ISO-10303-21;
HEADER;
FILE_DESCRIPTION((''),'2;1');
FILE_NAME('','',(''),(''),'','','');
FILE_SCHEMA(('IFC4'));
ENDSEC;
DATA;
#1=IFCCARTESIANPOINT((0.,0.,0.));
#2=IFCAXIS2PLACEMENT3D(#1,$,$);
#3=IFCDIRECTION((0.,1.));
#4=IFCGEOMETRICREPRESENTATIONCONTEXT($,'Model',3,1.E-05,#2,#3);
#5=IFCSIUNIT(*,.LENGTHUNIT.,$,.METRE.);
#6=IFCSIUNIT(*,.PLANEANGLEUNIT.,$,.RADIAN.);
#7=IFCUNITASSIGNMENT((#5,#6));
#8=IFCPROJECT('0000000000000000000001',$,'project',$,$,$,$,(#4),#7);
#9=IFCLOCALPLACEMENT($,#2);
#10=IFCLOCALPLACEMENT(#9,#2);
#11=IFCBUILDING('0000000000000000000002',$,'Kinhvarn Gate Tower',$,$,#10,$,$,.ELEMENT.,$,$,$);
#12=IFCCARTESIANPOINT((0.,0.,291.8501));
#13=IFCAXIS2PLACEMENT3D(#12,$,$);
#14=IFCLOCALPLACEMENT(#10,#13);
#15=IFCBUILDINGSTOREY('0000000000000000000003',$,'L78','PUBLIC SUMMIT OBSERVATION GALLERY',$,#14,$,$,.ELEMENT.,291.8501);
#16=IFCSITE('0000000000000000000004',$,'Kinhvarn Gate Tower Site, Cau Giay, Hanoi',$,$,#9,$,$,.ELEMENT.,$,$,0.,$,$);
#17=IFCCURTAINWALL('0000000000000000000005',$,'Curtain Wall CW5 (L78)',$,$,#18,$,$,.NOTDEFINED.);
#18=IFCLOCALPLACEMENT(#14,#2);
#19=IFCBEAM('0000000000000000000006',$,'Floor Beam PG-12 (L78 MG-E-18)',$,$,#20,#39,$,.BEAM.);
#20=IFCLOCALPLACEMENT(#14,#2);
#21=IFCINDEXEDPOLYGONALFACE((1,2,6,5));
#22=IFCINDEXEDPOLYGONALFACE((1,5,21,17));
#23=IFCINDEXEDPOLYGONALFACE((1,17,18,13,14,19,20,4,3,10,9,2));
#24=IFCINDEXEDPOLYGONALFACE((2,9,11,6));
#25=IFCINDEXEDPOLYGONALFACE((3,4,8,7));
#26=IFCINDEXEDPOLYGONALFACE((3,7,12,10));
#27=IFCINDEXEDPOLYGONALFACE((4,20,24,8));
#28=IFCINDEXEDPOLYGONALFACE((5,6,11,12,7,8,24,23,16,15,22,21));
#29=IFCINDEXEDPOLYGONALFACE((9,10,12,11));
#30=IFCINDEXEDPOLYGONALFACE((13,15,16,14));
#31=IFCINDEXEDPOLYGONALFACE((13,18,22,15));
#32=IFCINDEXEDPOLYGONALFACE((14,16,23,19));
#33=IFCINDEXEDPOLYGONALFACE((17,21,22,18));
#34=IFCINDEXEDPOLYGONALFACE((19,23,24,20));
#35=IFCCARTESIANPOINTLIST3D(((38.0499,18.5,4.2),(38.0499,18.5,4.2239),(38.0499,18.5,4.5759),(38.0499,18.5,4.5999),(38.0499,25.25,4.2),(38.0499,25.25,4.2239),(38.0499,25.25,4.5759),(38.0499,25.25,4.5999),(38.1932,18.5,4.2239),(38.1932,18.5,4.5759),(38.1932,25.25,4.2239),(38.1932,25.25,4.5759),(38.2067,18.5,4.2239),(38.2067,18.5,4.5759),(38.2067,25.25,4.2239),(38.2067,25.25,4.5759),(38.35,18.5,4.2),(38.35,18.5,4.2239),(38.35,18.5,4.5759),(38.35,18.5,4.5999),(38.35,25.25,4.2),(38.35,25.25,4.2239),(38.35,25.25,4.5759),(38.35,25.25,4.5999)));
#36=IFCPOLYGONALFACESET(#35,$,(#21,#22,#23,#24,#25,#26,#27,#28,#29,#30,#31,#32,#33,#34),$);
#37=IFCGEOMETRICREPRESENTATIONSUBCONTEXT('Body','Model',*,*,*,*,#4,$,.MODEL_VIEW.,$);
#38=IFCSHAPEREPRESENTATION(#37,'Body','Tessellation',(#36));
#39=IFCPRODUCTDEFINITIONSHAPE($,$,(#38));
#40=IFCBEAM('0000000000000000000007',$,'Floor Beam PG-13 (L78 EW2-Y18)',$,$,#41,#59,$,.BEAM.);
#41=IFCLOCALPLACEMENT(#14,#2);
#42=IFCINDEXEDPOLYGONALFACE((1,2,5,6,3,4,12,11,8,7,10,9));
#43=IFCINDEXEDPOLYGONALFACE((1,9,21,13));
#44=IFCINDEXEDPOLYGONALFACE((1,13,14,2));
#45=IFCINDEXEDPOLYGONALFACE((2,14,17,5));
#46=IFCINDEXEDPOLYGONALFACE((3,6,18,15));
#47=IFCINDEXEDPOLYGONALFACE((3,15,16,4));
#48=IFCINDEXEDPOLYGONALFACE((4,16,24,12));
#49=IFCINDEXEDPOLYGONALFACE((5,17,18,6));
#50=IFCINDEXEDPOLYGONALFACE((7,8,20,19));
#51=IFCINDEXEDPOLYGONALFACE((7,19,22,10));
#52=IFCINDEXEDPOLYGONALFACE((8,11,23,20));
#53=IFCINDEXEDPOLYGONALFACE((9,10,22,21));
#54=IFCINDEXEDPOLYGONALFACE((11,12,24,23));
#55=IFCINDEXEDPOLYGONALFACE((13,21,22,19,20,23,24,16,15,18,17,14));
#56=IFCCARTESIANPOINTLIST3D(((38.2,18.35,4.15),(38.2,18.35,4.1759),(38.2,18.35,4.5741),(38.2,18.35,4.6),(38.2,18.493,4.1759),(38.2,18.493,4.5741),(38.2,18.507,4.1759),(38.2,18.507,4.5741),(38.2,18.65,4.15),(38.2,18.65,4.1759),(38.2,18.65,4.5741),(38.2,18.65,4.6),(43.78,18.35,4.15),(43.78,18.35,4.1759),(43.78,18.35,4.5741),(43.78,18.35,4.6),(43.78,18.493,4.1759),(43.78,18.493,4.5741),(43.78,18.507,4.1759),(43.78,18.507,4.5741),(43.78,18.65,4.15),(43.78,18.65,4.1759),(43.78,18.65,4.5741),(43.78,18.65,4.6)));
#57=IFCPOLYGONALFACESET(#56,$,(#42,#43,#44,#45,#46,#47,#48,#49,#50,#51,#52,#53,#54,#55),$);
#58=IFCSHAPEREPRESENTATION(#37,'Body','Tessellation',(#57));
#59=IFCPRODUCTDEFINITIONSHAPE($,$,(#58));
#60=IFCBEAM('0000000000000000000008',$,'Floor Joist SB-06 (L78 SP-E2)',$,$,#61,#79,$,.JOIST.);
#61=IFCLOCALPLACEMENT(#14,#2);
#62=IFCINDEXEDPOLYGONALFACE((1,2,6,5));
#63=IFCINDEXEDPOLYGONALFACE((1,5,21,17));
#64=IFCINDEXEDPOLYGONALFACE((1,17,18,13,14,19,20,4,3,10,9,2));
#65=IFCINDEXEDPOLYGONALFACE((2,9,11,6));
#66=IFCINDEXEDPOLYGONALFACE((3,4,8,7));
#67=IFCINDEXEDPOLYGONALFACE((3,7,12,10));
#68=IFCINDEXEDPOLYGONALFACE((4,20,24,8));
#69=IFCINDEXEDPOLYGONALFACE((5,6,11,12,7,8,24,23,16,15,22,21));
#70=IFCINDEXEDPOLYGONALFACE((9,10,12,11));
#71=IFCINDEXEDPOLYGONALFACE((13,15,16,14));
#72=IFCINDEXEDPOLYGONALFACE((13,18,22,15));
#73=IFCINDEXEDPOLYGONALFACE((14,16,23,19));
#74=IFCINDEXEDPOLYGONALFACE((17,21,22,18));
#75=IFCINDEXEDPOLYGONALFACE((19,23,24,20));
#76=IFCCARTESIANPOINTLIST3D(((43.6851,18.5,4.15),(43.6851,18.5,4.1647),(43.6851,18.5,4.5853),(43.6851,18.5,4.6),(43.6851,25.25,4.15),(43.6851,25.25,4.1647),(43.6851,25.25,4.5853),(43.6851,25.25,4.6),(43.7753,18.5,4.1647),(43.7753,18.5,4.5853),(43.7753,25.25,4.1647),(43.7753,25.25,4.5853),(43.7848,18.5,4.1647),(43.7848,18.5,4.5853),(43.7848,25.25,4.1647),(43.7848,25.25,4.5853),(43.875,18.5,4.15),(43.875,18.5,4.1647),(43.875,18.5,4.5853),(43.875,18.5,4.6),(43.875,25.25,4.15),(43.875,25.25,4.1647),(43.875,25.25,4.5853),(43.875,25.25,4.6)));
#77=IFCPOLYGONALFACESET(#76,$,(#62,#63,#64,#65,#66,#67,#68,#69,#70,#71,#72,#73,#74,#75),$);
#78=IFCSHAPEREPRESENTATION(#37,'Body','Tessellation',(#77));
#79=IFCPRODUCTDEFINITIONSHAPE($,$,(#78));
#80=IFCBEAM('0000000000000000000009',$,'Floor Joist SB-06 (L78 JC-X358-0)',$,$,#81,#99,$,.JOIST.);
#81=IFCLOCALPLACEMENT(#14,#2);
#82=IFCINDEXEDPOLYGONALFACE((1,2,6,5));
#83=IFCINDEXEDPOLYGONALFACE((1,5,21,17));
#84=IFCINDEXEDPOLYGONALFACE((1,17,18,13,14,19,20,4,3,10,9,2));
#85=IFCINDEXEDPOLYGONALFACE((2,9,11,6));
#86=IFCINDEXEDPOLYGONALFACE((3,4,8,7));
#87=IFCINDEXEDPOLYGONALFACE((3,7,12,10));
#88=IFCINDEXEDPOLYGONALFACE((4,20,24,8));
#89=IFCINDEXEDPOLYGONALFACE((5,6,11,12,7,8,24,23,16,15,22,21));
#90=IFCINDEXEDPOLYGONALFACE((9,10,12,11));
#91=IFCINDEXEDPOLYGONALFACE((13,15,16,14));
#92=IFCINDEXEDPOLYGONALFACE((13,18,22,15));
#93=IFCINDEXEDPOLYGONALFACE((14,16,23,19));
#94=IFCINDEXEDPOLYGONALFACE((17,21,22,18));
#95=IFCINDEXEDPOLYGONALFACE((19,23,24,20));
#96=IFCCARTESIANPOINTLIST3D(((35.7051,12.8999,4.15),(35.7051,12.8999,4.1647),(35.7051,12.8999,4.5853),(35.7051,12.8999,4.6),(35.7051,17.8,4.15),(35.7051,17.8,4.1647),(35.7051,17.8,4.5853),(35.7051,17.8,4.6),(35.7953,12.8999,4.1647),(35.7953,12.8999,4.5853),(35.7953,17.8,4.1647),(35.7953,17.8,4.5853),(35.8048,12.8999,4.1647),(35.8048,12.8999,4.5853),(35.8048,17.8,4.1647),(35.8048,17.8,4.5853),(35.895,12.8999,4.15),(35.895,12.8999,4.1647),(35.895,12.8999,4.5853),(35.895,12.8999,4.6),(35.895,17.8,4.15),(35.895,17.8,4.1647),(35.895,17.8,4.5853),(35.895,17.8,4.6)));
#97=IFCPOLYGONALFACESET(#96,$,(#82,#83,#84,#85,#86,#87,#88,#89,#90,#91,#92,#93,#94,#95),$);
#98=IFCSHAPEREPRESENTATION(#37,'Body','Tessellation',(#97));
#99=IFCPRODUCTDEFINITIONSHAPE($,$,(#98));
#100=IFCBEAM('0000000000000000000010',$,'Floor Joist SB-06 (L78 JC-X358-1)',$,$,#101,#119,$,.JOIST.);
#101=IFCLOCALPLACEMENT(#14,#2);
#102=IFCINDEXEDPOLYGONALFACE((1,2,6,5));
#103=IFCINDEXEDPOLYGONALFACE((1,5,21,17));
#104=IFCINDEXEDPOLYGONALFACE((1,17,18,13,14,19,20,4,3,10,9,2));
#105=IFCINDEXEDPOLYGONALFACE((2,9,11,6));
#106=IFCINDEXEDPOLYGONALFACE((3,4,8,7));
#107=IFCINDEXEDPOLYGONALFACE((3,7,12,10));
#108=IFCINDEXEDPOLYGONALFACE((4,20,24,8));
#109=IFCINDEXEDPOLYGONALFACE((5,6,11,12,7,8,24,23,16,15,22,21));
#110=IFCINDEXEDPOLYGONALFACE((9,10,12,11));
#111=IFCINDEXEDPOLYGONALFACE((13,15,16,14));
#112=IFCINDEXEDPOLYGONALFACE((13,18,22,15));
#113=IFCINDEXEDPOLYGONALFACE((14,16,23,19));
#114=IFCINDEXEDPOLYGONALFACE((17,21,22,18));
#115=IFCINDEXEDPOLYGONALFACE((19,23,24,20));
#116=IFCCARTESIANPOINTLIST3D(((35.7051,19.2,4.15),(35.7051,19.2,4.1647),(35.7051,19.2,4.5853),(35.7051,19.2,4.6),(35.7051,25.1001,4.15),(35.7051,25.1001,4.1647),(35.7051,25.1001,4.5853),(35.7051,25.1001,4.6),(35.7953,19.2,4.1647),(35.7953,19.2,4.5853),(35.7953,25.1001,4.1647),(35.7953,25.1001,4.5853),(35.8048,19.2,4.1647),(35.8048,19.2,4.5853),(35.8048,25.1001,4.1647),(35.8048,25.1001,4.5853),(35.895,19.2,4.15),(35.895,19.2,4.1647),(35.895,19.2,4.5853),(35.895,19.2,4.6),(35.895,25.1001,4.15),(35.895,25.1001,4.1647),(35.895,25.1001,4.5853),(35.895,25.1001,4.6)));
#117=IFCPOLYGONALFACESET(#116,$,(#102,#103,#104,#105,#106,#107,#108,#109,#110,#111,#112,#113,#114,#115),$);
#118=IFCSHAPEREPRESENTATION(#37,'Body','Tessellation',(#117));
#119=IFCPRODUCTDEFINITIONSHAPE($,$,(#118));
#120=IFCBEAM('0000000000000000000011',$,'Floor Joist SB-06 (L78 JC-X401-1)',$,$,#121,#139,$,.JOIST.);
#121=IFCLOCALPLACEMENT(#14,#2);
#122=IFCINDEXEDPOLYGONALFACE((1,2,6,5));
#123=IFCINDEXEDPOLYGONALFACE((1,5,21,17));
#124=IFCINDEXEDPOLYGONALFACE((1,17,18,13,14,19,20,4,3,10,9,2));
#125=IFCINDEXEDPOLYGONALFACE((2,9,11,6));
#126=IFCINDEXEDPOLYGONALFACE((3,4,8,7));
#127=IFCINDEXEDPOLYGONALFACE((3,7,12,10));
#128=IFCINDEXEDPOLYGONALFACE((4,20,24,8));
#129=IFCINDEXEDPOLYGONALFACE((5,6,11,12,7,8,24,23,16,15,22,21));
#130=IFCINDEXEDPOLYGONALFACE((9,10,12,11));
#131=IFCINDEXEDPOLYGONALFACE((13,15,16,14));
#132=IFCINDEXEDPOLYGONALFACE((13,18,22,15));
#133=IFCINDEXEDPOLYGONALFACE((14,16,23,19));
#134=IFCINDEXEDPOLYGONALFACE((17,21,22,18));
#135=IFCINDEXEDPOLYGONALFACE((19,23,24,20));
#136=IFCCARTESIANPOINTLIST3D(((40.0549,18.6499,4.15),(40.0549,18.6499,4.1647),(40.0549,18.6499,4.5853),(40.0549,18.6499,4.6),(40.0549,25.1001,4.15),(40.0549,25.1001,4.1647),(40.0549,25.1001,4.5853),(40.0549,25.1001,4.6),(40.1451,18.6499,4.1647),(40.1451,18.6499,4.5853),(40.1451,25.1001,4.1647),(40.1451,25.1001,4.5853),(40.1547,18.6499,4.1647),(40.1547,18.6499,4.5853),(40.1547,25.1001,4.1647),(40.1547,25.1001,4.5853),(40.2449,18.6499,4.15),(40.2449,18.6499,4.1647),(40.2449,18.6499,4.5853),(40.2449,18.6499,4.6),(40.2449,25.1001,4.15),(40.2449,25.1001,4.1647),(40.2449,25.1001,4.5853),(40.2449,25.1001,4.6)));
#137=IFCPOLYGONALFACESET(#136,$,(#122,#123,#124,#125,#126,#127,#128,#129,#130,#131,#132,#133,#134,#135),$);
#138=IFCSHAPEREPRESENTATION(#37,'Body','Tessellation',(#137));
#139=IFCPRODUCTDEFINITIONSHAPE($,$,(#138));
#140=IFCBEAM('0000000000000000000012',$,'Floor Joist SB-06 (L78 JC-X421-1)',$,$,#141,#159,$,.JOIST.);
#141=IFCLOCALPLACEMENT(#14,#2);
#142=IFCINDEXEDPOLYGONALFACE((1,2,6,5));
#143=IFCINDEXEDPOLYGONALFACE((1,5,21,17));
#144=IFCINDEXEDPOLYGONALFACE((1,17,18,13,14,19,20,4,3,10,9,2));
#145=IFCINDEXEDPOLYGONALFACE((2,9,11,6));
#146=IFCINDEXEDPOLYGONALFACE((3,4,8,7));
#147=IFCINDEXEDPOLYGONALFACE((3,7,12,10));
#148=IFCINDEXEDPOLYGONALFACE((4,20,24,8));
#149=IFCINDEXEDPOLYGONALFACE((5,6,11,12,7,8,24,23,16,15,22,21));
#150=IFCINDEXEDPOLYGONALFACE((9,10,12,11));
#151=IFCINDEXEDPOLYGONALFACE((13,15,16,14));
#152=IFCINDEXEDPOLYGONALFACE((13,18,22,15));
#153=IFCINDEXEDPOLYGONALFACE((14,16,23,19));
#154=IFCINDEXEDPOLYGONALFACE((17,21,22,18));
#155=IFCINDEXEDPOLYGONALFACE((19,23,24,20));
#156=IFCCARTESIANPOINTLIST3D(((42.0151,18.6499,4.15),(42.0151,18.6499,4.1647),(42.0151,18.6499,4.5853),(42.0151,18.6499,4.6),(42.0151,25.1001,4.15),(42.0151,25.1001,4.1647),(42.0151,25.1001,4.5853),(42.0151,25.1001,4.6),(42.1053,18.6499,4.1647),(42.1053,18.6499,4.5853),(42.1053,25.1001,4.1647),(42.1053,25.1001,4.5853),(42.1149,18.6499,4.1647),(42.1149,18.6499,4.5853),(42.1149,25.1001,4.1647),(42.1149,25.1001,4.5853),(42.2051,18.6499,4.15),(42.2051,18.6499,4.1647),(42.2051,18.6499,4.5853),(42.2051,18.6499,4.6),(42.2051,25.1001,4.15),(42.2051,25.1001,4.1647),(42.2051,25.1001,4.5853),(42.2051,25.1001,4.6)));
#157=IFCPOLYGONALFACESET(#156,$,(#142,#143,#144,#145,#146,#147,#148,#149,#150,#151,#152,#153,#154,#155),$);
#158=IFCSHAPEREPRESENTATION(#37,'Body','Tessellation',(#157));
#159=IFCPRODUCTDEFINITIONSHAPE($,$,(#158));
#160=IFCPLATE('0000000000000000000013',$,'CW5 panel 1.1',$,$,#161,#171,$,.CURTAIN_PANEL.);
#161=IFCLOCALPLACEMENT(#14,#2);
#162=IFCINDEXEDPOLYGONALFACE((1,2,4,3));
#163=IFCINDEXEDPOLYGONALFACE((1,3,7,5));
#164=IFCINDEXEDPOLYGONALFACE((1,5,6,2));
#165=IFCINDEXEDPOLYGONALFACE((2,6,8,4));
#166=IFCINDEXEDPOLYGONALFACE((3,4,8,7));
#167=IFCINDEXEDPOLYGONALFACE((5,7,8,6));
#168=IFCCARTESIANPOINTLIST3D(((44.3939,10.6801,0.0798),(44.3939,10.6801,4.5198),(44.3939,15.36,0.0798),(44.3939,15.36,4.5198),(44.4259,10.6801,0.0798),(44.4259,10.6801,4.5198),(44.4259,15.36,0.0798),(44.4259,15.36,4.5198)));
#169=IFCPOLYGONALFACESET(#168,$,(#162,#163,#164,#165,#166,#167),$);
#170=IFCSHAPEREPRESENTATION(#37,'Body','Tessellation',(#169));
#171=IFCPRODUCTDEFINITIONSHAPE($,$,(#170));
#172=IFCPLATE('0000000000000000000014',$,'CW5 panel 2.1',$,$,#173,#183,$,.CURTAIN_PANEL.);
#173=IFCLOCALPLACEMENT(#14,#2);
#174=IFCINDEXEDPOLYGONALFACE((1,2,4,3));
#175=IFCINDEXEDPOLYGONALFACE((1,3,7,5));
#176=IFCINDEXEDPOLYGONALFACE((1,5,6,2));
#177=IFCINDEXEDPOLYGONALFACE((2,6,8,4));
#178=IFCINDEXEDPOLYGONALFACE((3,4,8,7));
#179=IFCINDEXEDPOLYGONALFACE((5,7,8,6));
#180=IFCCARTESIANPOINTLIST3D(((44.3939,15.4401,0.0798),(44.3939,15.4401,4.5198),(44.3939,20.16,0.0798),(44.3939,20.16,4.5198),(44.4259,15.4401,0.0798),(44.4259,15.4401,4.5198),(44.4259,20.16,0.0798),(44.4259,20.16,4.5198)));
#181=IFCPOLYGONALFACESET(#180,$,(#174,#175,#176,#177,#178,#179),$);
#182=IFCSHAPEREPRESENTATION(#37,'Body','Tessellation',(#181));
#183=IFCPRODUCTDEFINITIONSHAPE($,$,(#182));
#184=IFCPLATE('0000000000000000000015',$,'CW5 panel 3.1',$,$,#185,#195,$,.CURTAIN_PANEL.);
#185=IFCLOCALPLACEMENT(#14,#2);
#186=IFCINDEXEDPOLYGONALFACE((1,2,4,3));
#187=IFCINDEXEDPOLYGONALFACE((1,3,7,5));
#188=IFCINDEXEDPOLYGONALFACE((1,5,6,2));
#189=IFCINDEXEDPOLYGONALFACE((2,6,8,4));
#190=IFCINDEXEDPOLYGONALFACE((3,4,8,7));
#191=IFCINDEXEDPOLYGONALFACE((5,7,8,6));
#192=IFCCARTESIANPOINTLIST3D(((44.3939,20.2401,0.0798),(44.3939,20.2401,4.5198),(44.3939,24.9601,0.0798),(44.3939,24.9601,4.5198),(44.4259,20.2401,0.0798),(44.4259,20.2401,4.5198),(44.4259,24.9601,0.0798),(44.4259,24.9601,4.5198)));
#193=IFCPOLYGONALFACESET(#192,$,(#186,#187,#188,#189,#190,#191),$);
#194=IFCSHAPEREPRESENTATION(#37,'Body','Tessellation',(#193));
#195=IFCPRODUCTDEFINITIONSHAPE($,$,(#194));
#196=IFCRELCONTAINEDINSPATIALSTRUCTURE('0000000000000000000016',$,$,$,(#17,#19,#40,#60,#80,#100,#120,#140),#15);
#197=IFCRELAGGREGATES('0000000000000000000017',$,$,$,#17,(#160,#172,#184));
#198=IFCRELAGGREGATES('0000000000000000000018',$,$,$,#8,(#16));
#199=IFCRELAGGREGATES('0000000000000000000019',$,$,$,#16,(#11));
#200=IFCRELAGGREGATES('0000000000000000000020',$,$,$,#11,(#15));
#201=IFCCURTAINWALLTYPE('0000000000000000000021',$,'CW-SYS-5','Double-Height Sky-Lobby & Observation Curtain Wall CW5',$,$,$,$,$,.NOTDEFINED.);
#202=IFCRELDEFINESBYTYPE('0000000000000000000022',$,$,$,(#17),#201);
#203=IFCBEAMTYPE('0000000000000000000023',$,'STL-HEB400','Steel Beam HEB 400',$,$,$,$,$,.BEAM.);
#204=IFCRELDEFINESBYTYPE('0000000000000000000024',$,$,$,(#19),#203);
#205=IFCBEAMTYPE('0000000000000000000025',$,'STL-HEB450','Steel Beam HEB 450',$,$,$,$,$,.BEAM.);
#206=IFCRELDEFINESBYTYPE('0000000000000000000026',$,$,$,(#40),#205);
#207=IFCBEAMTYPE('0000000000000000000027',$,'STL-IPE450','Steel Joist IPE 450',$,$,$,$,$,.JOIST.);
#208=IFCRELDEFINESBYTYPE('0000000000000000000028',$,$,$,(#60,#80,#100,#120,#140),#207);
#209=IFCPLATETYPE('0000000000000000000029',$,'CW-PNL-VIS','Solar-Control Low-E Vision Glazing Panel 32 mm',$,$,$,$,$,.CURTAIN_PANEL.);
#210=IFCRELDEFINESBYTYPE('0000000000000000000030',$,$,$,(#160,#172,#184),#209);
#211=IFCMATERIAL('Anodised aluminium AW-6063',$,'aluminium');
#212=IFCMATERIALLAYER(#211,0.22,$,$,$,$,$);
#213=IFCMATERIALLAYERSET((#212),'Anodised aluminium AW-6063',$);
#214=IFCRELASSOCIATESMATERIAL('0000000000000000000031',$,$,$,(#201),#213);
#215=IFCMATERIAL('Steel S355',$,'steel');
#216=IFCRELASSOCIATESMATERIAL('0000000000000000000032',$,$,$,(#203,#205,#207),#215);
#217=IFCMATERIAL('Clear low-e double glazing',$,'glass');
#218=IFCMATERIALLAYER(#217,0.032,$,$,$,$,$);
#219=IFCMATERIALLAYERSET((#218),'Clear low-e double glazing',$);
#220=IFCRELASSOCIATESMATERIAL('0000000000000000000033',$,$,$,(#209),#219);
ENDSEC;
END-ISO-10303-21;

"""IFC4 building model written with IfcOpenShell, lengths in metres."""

from ifc_helpers import new_model, si_unit, direction, frame, origin, origin_2d, place, context, subcontext, project, spatial, rectangle, i_section, extrude, material, layer, layer_set, material_profile, profile_set, type_object, element, aggregate, save


model = new_model("IFC4")

# Units and contexts
model_context = context("Model", 3, precision=1e-05, world=origin(), true_north=direction((0.0, 1.0)))
body_context = subcontext(model_context, "Body", "Model", "MODEL_VIEW")
ifc_project = project(units=[si_unit("LENGTHUNIT", "METRE"), si_unit("PLANEANGLEUNIT", "RADIAN")], contexts=[model_context])

# Site, building, storey
site_placement = place(None, origin())
site = spatial("IfcSite", under=ifc_project, at=site_placement, Name="Kinhvarn Gate Tower Site, Cau Giay, Hanoi", CompositionType="ELEMENT", RefElevation=0.0)
building_placement = place(site_placement, origin())
building = spatial("IfcBuilding", under=site, at=building_placement, Name="Kinhvarn Gate Tower", CompositionType="ELEMENT")
storey_placement = place(building_placement, frame((0.0, 0.0, 291.8501)))
storey = spatial("IfcBuildingStorey", under=building, at=storey_placement, Name="L78", Description="PUBLIC SUMMIT OBSERVATION GALLERY", CompositionType="ELEMENT", Elevation=291.8501)

# Curtain wall
ifc_material_1 = material(Name="Anodised aluminium AW-6063", Category="aluminium")
ifc_layer_1 = layer(ifc_material_1, 0.22)
ifc_layer_set_1 = layer_set([ifc_layer_1], Name="Anodised aluminium AW-6063")
curtain_wall_type = type_object("IfcCurtainWallType", Name="CW-SYS-5", Description="Double-Height Sky-Lobby & Observation Curtain Wall CW5", PredefinedType="NOTDEFINED", material=ifc_layer_set_1)
curtain_wall_placement = place(storey_placement, origin())
curtain_wall = element("IfcCurtainWall", 1, at=curtain_wall_placement, inside=storey, type_object=curtain_wall_type, Name="Curtain Wall CW5 (L78)", PredefinedType="NOTDEFINED")

# Beams
ifc_material_2 = material(Name="Steel S355", Category="steel")
ifc_material_profile_1 = material_profile(ifc_material_2, i_section(OverallWidth=0.3, OverallDepth=0.3999, WebThickness=0.0134, FlangeThickness=0.0239, at=origin_2d()), Name="HEB 400")
ifc_profile_set_1 = profile_set([ifc_material_profile_1], Name="Steel S355")
beam_type_1 = type_object("IfcBeamType", Name="STL-HEB400", Description="Steel Beam HEB 400", PredefinedType="BEAM", material=ifc_profile_set_1)
beam_1_placement = place(storey_placement, frame((38.2, 18.5, 4.3999), z_axis=(0.0, 1.0, 0.0), x_axis=(-1.0, 0.0, 0.0)))
element("IfcBeam", 2, at=beam_1_placement, inside=storey, type_object=beam_type_1, Name="Floor Beam PG-12 (L78 MG-E-18)", PredefinedType="BEAM", context=body_context, shape_type="SweptSolid", body=[
    extrude(i_section(OverallWidth=0.3, OverallDepth=0.3999, WebThickness=0.0134, FlangeThickness=0.0239, at=origin_2d()), origin(), (0.0, 0.0, 1.0), 6.75),
])
ifc_material_profile_2 = material_profile(ifc_material_2, i_section(OverallWidth=0.3, OverallDepth=0.45, WebThickness=0.0139, FlangeThickness=0.0259, at=origin_2d()), Name="HEB 450")
ifc_profile_set_2 = profile_set([ifc_material_profile_2], Name="Steel S355")
beam_type_2 = type_object("IfcBeamType", Name="STL-HEB450", Description="Steel Beam HEB 450", PredefinedType="BEAM", material=ifc_profile_set_2)
beam_2_placement = place(storey_placement, frame((38.2, 18.5, 4.375), z_axis=(1.0, 0.0, 0.0), x_axis=(0.0, 1.0, 0.0)))
element("IfcBeam", 3, at=beam_2_placement, inside=storey, type_object=beam_type_2, Name="Floor Beam PG-13 (L78 EW2-Y18)", PredefinedType="BEAM", context=body_context, shape_type="SweptSolid", body=[
    extrude(i_section(OverallWidth=0.3, OverallDepth=0.45, WebThickness=0.0139, FlangeThickness=0.0259, at=origin_2d()), origin(), (0.0, 0.0, 1.0), 5.5801),
])
ifc_material_profile_3 = material_profile(ifc_material_2, i_section(OverallWidth=0.1899, OverallDepth=0.45, WebThickness=0.0095, FlangeThickness=0.0146, at=origin_2d()), Name="IPE 450")
ifc_profile_set_3 = profile_set([ifc_material_profile_3], Name="Steel S355")
beam_type_3 = type_object("IfcBeamType", Name="STL-IPE450", Description="Steel Joist IPE 450", PredefinedType="JOIST", material=ifc_profile_set_3)
beam_3_placement = place(storey_placement, frame((43.78, 18.5, 4.375), z_axis=(0.0, 1.0, 0.0), x_axis=(-1.0, 0.0, 0.0)))
element("IfcBeam", 4, at=beam_3_placement, inside=storey, type_object=beam_type_3, Name="Floor Joist SB-06 (L78 SP-E2)", PredefinedType="JOIST", context=body_context, shape_type="SweptSolid", body=[
    extrude(i_section(OverallWidth=0.1899, OverallDepth=0.45, WebThickness=0.0095, FlangeThickness=0.0146, at=origin_2d()), origin(), (0.0, 0.0, 1.0), 6.75),
])
beam_4_placement = place(storey_placement, frame((35.8, 12.8999, 4.375), z_axis=(0.0, 1.0, 0.0), x_axis=(-1.0, 0.0, 0.0)))
element("IfcBeam", 5, at=beam_4_placement, inside=storey, type_object=beam_type_3, Name="Floor Joist SB-06 (L78 JC-X358-0)", PredefinedType="JOIST", context=body_context, shape_type="SweptSolid", body=[
    extrude(i_section(OverallWidth=0.1899, OverallDepth=0.45, WebThickness=0.0095, FlangeThickness=0.0146, at=origin_2d()), origin(), (0.0, 0.0, 1.0), 4.9001),
])
beam_5_placement = place(storey_placement, frame((35.8, 19.2, 4.375), z_axis=(0.0, 1.0, 0.0), x_axis=(-1.0, 0.0, 0.0)))
element("IfcBeam", 6, at=beam_5_placement, inside=storey, type_object=beam_type_3, Name="Floor Joist SB-06 (L78 JC-X358-1)", PredefinedType="JOIST", context=body_context, shape_type="SweptSolid", body=[
    extrude(i_section(OverallWidth=0.1899, OverallDepth=0.45, WebThickness=0.0095, FlangeThickness=0.0146, at=origin_2d()), origin(), (0.0, 0.0, 1.0), 5.9001),
])
for number, where, z_axis, x_axis, name in (
    (7, (40.1499, 18.6499, 4.375), (0.0, 1.0, 0.0), (-1.0, 0.0, 0.0), "Floor Joist SB-06 (L78 JC-X401-1)"),
    (8, (42.1101, 18.6499, 4.375), (0.0, 1.0, 0.0), (-1.0, 0.0, 0.0), "Floor Joist SB-06 (L78 JC-X421-1)"),
):
    element("IfcBeam", number, at=place(storey_placement, frame(where, z_axis=z_axis, x_axis=x_axis)), inside=storey, type_object=beam_type_3, Name=name, PredefinedType="JOIST", context=body_context, shape_type="SweptSolid", body=[
        extrude(i_section(OverallWidth=0.1899, OverallDepth=0.45, WebThickness=0.0095, FlangeThickness=0.0146, at=origin_2d()), origin(), (0.0, 0.0, 1.0), 6.4502),
    ])

# Plates
ifc_material_3 = material(Name="Clear low-e double glazing", Category="glass")
ifc_layer_2 = layer(ifc_material_3, 0.032)
ifc_layer_set_2 = layer_set([ifc_layer_2], Name="Clear low-e double glazing")
plate_type = type_object("IfcPlateType", Name="CW-PNL-VIS", Description="Solar-Control Low-E Vision Glazing Panel 32 mm", PredefinedType="CURTAIN_PANEL", material=ifc_layer_set_2)
plate_1_placement = place(storey_placement, frame((44.4099, 13.02, 0.0798), z_axis=(0.0, 0.0, 1.0), x_axis=(0.0, 1.0, 0.0)))
plate_1 = element("IfcPlate", 9, at=plate_1_placement, type_object=plate_type, Name="CW5 panel 1.1", PredefinedType="CURTAIN_PANEL", context=body_context, shape_type="SweptSolid", body=[
    extrude(rectangle(XDim=4.6799, YDim=0.032, at=origin_2d()), origin(), (0.0, 0.0, 1.0), 4.4399),
])
plate_2_placement = place(storey_placement, frame((44.4099, 17.8, 0.0798), z_axis=(0.0, 0.0, 1.0), x_axis=(0.0, 1.0, 0.0)))
plate_2 = element("IfcPlate", 10, at=plate_2_placement, type_object=plate_type, Name="CW5 panel 2.1", PredefinedType="CURTAIN_PANEL", context=body_context, shape_type="SweptSolid", body=[
    extrude(rectangle(XDim=4.72, YDim=0.032, at=origin_2d()), origin(), (0.0, 0.0, 1.0), 4.4399),
])
plate_3_placement = place(storey_placement, frame((44.4099, 22.6001, 0.0798), z_axis=(0.0, 0.0, 1.0), x_axis=(0.0, 1.0, 0.0)))
plate_3 = element("IfcPlate", 11, at=plate_3_placement, type_object=plate_type, Name="CW5 panel 3.1", PredefinedType="CURTAIN_PANEL", context=body_context, shape_type="SweptSolid", body=[
    extrude(rectangle(XDim=4.72, YDim=0.032, at=origin_2d()), origin(), (0.0, 0.0, 1.0), 4.4399),
])
aggregate(curtain_wall, [plate_1, plate_2, plate_3])

save(model, "model.ifc")
